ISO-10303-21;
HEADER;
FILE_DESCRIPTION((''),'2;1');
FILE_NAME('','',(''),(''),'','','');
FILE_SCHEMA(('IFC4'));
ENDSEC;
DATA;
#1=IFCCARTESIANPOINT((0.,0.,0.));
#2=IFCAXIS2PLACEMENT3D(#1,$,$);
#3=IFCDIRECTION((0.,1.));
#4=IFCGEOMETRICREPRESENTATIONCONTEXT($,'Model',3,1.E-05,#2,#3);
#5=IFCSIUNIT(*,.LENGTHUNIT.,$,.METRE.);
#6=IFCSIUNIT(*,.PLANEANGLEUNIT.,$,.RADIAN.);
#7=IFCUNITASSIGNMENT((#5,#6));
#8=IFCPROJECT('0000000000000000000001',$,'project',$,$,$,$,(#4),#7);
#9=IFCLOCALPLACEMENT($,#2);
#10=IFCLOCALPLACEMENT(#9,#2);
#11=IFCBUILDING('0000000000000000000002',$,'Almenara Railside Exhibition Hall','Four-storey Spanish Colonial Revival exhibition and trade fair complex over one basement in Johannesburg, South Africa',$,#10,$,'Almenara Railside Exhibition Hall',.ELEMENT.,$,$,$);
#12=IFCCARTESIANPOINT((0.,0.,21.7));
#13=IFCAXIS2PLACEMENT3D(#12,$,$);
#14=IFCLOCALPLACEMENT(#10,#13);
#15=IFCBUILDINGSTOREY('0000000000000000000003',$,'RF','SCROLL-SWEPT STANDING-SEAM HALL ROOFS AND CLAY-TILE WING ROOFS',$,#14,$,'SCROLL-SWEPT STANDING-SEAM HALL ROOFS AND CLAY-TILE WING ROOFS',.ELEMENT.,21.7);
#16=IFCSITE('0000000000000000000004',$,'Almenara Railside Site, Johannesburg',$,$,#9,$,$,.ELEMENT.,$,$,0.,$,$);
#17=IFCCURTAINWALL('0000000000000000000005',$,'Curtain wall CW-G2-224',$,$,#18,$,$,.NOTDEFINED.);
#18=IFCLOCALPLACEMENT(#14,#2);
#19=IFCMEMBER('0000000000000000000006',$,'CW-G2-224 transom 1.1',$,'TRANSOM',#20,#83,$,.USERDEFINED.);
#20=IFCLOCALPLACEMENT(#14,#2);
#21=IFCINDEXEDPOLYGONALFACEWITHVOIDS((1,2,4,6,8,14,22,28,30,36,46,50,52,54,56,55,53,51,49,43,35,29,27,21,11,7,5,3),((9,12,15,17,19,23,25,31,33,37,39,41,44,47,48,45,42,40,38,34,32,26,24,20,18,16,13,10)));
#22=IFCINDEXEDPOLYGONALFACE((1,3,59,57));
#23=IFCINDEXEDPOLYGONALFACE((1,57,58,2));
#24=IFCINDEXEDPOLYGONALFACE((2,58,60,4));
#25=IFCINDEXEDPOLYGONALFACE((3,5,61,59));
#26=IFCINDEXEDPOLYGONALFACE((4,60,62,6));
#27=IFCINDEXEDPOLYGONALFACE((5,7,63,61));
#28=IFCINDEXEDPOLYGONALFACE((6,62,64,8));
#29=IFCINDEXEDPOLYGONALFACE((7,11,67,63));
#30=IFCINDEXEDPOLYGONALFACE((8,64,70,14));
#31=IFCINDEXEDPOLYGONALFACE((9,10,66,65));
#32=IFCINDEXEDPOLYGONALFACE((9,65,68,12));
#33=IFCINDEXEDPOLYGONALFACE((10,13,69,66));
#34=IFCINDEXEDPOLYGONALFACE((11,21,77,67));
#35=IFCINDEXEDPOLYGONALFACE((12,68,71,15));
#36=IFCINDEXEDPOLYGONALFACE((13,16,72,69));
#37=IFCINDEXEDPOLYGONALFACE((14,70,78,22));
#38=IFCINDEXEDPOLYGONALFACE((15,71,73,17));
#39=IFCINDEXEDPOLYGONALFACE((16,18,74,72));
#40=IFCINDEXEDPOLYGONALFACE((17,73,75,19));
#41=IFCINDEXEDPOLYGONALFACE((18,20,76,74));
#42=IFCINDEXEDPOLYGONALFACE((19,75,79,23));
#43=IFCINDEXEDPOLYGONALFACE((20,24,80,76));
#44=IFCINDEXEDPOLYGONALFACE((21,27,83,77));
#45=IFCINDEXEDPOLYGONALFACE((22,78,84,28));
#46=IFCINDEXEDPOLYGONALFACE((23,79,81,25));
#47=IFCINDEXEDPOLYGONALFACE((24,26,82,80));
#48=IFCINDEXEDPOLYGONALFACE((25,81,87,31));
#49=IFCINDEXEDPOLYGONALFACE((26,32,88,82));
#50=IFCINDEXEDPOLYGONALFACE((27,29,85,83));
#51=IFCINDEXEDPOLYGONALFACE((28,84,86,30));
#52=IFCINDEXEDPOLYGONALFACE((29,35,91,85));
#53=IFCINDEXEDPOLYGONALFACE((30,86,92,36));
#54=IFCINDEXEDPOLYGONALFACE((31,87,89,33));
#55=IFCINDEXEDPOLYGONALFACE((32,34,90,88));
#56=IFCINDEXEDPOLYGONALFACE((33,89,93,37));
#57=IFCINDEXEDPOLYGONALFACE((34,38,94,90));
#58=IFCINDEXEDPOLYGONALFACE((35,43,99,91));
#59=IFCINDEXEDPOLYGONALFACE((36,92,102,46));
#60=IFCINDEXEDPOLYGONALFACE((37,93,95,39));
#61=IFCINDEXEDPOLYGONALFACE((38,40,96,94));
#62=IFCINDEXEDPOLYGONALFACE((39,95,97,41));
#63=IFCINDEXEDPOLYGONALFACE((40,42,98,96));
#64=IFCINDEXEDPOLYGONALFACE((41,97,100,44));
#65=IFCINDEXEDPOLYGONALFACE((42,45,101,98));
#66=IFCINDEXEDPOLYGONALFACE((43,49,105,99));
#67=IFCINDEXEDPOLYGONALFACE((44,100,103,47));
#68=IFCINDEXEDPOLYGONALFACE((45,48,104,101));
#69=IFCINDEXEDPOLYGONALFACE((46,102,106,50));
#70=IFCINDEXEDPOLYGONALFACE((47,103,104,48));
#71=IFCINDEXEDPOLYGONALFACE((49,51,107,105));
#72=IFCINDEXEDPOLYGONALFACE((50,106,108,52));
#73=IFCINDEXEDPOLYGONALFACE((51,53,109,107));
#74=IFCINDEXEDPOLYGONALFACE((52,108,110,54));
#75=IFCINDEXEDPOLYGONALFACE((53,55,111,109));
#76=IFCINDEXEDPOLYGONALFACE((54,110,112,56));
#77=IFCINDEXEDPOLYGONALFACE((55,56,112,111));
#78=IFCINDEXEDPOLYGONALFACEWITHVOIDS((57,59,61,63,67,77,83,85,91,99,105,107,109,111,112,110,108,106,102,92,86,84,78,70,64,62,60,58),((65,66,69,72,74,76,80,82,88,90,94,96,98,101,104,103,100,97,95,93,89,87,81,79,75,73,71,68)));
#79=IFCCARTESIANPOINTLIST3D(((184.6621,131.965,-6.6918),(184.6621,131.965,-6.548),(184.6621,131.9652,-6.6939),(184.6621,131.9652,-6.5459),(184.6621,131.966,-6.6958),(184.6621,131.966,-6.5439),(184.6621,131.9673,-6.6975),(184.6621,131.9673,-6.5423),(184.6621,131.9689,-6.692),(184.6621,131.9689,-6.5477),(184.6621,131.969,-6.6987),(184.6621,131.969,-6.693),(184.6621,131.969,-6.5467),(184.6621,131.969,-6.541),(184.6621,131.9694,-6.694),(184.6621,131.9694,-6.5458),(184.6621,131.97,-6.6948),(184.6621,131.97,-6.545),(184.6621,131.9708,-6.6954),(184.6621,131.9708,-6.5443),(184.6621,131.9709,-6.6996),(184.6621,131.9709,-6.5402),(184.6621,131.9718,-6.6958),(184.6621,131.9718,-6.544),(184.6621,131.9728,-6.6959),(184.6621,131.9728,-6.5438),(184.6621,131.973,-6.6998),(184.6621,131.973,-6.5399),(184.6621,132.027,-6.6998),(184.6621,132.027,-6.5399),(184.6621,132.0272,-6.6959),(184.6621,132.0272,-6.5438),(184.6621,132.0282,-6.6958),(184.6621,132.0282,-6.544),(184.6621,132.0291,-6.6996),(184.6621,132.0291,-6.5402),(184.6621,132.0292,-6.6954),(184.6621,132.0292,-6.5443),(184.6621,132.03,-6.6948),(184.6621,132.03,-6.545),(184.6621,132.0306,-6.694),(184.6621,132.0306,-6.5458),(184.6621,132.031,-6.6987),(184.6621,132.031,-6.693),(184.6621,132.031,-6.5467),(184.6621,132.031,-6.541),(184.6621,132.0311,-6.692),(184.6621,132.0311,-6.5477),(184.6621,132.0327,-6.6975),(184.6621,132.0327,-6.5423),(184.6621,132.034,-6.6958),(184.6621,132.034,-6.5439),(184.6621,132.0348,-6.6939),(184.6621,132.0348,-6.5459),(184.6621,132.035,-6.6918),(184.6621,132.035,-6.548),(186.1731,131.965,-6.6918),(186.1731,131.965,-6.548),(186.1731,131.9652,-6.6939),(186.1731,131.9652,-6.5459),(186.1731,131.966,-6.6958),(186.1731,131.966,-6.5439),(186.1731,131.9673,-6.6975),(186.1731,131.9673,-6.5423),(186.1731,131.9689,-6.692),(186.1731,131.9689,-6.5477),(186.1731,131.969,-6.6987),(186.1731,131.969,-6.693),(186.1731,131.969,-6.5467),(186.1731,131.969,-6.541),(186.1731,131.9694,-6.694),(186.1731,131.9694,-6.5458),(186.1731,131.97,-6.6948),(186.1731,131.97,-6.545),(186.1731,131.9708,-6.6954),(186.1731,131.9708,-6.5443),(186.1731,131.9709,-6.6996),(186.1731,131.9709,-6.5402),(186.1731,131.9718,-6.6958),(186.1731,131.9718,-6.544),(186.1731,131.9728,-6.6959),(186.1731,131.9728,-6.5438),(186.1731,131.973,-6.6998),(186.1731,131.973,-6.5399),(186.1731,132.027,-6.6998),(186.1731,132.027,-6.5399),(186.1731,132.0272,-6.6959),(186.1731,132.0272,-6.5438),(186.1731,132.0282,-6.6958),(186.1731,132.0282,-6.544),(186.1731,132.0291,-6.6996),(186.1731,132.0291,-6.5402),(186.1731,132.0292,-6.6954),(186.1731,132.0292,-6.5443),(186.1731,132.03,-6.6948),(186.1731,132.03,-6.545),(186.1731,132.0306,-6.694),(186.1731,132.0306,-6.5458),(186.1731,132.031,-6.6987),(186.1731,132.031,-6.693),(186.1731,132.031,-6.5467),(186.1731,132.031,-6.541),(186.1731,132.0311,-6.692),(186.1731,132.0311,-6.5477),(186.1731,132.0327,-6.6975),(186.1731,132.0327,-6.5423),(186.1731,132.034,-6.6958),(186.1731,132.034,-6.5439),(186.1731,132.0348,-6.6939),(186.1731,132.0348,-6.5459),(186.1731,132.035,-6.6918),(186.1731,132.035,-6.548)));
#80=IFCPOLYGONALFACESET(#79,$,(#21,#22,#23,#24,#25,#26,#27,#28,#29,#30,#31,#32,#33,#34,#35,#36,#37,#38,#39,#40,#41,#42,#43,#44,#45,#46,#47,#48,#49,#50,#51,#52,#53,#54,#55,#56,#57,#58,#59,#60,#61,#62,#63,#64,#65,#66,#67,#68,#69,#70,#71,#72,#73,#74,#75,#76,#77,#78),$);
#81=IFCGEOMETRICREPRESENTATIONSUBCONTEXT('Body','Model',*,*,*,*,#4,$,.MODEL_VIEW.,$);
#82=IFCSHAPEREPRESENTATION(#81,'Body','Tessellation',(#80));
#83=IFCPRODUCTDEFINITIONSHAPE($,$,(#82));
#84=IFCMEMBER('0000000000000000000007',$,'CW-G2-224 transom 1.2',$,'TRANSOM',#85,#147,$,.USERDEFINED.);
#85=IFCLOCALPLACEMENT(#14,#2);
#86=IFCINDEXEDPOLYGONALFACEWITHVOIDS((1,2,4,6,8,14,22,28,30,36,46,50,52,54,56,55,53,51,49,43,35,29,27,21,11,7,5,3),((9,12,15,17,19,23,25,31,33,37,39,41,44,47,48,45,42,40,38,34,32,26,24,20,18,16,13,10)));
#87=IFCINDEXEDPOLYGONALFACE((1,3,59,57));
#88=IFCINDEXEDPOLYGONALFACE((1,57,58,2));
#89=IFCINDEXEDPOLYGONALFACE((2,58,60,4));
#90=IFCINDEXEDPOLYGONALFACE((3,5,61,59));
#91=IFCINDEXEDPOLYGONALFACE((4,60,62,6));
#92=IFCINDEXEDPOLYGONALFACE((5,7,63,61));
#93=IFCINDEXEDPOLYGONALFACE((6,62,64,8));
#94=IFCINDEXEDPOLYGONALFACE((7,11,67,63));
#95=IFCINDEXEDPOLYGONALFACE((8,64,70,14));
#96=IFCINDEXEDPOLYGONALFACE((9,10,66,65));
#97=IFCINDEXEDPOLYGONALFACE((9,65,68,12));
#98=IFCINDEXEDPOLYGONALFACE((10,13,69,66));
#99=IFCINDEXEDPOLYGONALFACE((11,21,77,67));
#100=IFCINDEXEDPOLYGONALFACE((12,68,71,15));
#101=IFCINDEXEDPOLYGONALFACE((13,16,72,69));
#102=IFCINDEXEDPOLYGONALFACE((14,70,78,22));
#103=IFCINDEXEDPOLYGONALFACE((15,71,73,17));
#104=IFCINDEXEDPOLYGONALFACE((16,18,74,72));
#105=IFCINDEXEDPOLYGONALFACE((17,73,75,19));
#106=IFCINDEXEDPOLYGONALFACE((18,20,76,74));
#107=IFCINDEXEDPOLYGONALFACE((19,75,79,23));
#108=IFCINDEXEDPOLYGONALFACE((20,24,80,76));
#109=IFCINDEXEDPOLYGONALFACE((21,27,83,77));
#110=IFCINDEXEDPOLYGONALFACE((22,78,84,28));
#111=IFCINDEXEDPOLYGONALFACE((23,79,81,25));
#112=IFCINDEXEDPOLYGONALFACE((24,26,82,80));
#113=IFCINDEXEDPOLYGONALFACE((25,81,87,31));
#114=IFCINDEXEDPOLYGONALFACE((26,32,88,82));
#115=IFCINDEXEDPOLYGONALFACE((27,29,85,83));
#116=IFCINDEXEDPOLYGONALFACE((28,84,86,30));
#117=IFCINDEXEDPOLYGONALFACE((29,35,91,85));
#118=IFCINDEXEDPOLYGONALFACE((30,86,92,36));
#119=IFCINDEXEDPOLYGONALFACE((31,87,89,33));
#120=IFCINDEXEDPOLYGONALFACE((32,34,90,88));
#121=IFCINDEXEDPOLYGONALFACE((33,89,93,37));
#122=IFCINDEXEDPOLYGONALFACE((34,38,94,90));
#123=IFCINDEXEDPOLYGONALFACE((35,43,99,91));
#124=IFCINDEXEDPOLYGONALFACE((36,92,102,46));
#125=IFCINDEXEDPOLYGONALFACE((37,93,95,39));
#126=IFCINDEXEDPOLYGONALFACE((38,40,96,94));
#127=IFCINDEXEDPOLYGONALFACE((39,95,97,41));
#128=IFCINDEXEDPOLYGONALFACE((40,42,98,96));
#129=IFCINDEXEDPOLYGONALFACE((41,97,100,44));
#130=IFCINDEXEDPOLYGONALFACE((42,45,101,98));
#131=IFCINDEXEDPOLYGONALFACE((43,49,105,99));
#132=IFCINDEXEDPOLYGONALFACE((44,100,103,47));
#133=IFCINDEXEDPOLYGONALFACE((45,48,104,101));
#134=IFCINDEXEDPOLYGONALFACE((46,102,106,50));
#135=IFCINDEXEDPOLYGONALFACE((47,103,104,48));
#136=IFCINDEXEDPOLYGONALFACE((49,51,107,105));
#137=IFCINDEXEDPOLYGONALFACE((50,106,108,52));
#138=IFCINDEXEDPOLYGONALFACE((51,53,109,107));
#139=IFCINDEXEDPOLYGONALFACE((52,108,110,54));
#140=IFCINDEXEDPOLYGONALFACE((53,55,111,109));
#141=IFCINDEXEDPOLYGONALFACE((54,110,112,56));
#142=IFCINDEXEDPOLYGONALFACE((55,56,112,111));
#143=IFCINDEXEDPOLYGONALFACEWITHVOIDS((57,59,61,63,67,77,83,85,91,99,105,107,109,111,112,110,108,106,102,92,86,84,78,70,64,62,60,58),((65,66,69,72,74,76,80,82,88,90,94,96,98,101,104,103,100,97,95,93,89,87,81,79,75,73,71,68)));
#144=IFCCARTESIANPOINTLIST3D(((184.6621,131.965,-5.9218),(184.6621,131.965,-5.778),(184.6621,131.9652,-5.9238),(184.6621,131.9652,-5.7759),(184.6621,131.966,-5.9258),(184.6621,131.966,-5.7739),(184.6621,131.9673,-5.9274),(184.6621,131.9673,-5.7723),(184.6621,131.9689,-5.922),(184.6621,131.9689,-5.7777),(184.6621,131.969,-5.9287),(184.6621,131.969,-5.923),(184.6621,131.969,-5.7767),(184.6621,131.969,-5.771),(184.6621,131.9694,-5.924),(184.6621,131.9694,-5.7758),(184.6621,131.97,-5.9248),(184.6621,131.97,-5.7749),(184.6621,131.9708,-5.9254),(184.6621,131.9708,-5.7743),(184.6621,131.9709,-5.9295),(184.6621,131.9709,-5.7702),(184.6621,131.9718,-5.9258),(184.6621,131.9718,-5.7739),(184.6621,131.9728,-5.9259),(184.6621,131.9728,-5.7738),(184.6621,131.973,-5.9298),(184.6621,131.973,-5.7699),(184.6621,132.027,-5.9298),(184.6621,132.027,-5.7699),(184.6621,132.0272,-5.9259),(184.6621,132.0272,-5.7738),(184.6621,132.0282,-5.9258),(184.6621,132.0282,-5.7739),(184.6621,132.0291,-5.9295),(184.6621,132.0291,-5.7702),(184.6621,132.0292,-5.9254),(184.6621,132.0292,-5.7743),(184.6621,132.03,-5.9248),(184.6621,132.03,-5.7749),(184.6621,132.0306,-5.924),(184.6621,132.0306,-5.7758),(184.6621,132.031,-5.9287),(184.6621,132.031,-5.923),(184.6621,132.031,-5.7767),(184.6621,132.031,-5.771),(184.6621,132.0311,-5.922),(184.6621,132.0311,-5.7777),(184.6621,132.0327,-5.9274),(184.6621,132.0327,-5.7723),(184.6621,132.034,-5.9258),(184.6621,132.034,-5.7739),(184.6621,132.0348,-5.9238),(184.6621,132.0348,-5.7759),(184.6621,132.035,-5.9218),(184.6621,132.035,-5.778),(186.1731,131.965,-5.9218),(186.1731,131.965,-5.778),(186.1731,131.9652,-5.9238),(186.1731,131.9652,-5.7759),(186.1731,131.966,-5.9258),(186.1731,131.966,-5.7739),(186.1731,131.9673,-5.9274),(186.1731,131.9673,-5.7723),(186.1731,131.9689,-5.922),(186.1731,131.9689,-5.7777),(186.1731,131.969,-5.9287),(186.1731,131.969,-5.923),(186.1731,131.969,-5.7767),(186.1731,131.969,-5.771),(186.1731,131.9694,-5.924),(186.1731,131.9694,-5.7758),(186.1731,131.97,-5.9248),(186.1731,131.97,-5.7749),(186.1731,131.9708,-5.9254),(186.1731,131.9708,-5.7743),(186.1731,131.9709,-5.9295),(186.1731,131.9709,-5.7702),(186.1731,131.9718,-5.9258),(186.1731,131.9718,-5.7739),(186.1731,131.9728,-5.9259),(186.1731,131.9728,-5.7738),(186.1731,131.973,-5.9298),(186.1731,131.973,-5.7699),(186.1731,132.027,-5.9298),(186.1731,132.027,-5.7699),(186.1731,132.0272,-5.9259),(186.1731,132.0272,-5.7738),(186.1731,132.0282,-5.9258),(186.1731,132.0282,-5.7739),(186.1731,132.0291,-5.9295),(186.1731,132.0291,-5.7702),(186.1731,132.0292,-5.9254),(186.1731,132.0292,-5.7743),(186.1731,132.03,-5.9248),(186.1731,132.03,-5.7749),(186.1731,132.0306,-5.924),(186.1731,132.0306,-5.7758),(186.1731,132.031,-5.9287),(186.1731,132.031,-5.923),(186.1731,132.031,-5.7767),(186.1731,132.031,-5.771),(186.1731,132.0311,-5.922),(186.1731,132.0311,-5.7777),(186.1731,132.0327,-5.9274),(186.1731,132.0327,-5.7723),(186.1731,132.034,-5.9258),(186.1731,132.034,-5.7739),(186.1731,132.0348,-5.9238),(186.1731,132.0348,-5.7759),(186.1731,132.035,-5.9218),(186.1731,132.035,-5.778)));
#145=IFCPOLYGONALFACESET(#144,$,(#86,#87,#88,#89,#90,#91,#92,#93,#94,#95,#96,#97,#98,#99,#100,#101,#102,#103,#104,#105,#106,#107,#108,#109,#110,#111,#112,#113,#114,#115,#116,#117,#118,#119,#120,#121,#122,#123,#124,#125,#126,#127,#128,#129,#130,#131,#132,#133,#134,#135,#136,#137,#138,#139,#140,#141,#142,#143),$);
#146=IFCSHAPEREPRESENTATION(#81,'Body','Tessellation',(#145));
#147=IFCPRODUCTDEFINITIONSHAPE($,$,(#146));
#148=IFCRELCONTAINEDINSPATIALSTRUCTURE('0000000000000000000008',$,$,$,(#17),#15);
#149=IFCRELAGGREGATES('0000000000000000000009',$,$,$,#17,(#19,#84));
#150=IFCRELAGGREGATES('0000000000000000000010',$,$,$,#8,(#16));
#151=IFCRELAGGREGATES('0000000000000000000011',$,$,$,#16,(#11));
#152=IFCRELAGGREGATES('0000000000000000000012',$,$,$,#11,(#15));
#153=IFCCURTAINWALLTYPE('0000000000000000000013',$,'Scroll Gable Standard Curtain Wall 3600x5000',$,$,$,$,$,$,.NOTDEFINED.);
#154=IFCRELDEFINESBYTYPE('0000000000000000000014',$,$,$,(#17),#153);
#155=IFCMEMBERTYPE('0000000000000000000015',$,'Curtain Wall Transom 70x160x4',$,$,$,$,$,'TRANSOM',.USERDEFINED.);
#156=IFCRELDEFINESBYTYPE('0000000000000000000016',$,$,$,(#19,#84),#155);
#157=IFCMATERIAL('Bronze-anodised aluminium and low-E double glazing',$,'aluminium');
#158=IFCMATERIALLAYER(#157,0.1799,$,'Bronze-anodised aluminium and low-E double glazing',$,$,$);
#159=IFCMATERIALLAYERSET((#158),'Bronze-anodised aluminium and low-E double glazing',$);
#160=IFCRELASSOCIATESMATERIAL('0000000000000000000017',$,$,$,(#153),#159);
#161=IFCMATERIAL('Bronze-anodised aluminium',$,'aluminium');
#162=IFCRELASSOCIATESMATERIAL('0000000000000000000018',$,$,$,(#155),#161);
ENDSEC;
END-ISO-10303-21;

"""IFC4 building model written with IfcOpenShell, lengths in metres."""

from ifc_helpers import new_model, si_unit, direction, frame, origin, origin_2d, place, context, subcontext, project, spatial, hollow_rectangle, extrude, material, layer, layer_set, material_profile, profile_set, type_object, element, aggregate, save


model = new_model("IFC4")

# Units and contexts
model_context = context("Model", 3, precision=1e-05, world=origin(), true_north=direction((0.0, 1.0)))
body_context = subcontext(model_context, "Body", "Model", "MODEL_VIEW")
ifc_project = project(units=[si_unit("LENGTHUNIT", "METRE"), si_unit("PLANEANGLEUNIT", "RADIAN")], contexts=[model_context])

# Site, building, storey
site_placement = place(None, origin())
site = spatial("IfcSite", under=ifc_project, at=site_placement, Name="Almenara Railside Site, Johannesburg", CompositionType="ELEMENT", RefElevation=0.0)
building_placement = place(site_placement, origin())
building = spatial("IfcBuilding", under=site, at=building_placement, Name="Almenara Railside Exhibition Hall", Description="Four-storey Spanish Colonial Revival exhibition and trade fair complex over one basement in Johannesburg, South Africa", LongName="Almenara Railside Exhibition Hall", CompositionType="ELEMENT")
storey_placement = place(building_placement, frame((0.0, 0.0, 21.7)))
storey = spatial("IfcBuildingStorey", under=building, at=storey_placement, Name="RF", Description="SCROLL-SWEPT STANDING-SEAM HALL ROOFS AND CLAY-TILE WING ROOFS", LongName="SCROLL-SWEPT STANDING-SEAM HALL ROOFS AND CLAY-TILE WING ROOFS", CompositionType="ELEMENT", Elevation=21.7)

# Curtain wall
ifc_material_1 = material(Name="Bronze-anodised aluminium and low-E double glazing", Category="aluminium")
ifc_material_2 = material(Name="Bronze-anodised aluminium", Category="aluminium")
ifc_layer_1 = layer(ifc_material_1, 0.1799, Name="Bronze-anodised aluminium and low-E double glazing")
ifc_layer_set_1 = layer_set([ifc_layer_1], Name="Bronze-anodised aluminium and low-E double glazing")
curtain_wall_type_1 = type_object("IfcCurtainWallType", Name="Scroll Gable Standard Curtain Wall 3600x5000", PredefinedType="NOTDEFINED", material=ifc_layer_set_1)
curtain_wall_1_placement = place(storey_placement, origin())
curtain_wall_1 = element("IfcCurtainWall", 1, at=curtain_wall_1_placement, inside=storey, type_object=curtain_wall_type_1, Name="Curtain wall CW-G2-224", PredefinedType="NOTDEFINED")

# Members
ifc_material_profile_1 = material_profile(ifc_material_2, hollow_rectangle(XDim=0.0701, YDim=0.1599, WallThickness=0.0039, InnerFilletRadius=0.0039, OuterFilletRadius=0.0081, at=origin_2d()), Name="ALU-TRN 70x160x4")
ifc_profile_set_1 = profile_set([ifc_material_profile_1], Name="Bronze-anodised aluminium")
member_type_1 = type_object("IfcMemberType", Name="Curtain Wall Transom 70x160x4", ElementType="TRANSOM", PredefinedType="USERDEFINED", material=ifc_profile_set_1)
member_1_placement = place(storey_placement, frame((184.6621, 132.0, -6.6199), z_axis=(1.0, 0.0, 0.0), x_axis=(0.0, 1.0, 0.0)))
member_1 = element("IfcMember", 2, at=member_1_placement, type_object=member_type_1, Name="CW-G2-224 transom 1.1", ObjectType="TRANSOM", PredefinedType="USERDEFINED", context=body_context, shape_type="SweptSolid", body=[
    extrude(hollow_rectangle(XDim=0.0701, YDim=0.1599, WallThickness=0.0039, InnerFilletRadius=0.0039, OuterFilletRadius=0.0081, at=origin_2d()), origin(), (0.0, 0.0, 1.0), 1.511),
])
member_2_placement = place(storey_placement, frame((184.6621, 132.0, -5.8499), z_axis=(1.0, 0.0, 0.0), x_axis=(0.0, 1.0, 0.0)))
member_2 = element("IfcMember", 3, at=member_2_placement, type_object=member_type_1, Name="CW-G2-224 transom 1.2", ObjectType="TRANSOM", PredefinedType="USERDEFINED", context=body_context, shape_type="SweptSolid", body=[
    extrude(hollow_rectangle(XDim=0.0701, YDim=0.1599, WallThickness=0.0039, InnerFilletRadius=0.0039, OuterFilletRadius=0.0081, at=origin_2d()), origin(), (0.0, 0.0, 1.0), 1.511),
])

aggregate(curtain_wall_1, [member_1, member_2])

save(model, "model.ifc")
